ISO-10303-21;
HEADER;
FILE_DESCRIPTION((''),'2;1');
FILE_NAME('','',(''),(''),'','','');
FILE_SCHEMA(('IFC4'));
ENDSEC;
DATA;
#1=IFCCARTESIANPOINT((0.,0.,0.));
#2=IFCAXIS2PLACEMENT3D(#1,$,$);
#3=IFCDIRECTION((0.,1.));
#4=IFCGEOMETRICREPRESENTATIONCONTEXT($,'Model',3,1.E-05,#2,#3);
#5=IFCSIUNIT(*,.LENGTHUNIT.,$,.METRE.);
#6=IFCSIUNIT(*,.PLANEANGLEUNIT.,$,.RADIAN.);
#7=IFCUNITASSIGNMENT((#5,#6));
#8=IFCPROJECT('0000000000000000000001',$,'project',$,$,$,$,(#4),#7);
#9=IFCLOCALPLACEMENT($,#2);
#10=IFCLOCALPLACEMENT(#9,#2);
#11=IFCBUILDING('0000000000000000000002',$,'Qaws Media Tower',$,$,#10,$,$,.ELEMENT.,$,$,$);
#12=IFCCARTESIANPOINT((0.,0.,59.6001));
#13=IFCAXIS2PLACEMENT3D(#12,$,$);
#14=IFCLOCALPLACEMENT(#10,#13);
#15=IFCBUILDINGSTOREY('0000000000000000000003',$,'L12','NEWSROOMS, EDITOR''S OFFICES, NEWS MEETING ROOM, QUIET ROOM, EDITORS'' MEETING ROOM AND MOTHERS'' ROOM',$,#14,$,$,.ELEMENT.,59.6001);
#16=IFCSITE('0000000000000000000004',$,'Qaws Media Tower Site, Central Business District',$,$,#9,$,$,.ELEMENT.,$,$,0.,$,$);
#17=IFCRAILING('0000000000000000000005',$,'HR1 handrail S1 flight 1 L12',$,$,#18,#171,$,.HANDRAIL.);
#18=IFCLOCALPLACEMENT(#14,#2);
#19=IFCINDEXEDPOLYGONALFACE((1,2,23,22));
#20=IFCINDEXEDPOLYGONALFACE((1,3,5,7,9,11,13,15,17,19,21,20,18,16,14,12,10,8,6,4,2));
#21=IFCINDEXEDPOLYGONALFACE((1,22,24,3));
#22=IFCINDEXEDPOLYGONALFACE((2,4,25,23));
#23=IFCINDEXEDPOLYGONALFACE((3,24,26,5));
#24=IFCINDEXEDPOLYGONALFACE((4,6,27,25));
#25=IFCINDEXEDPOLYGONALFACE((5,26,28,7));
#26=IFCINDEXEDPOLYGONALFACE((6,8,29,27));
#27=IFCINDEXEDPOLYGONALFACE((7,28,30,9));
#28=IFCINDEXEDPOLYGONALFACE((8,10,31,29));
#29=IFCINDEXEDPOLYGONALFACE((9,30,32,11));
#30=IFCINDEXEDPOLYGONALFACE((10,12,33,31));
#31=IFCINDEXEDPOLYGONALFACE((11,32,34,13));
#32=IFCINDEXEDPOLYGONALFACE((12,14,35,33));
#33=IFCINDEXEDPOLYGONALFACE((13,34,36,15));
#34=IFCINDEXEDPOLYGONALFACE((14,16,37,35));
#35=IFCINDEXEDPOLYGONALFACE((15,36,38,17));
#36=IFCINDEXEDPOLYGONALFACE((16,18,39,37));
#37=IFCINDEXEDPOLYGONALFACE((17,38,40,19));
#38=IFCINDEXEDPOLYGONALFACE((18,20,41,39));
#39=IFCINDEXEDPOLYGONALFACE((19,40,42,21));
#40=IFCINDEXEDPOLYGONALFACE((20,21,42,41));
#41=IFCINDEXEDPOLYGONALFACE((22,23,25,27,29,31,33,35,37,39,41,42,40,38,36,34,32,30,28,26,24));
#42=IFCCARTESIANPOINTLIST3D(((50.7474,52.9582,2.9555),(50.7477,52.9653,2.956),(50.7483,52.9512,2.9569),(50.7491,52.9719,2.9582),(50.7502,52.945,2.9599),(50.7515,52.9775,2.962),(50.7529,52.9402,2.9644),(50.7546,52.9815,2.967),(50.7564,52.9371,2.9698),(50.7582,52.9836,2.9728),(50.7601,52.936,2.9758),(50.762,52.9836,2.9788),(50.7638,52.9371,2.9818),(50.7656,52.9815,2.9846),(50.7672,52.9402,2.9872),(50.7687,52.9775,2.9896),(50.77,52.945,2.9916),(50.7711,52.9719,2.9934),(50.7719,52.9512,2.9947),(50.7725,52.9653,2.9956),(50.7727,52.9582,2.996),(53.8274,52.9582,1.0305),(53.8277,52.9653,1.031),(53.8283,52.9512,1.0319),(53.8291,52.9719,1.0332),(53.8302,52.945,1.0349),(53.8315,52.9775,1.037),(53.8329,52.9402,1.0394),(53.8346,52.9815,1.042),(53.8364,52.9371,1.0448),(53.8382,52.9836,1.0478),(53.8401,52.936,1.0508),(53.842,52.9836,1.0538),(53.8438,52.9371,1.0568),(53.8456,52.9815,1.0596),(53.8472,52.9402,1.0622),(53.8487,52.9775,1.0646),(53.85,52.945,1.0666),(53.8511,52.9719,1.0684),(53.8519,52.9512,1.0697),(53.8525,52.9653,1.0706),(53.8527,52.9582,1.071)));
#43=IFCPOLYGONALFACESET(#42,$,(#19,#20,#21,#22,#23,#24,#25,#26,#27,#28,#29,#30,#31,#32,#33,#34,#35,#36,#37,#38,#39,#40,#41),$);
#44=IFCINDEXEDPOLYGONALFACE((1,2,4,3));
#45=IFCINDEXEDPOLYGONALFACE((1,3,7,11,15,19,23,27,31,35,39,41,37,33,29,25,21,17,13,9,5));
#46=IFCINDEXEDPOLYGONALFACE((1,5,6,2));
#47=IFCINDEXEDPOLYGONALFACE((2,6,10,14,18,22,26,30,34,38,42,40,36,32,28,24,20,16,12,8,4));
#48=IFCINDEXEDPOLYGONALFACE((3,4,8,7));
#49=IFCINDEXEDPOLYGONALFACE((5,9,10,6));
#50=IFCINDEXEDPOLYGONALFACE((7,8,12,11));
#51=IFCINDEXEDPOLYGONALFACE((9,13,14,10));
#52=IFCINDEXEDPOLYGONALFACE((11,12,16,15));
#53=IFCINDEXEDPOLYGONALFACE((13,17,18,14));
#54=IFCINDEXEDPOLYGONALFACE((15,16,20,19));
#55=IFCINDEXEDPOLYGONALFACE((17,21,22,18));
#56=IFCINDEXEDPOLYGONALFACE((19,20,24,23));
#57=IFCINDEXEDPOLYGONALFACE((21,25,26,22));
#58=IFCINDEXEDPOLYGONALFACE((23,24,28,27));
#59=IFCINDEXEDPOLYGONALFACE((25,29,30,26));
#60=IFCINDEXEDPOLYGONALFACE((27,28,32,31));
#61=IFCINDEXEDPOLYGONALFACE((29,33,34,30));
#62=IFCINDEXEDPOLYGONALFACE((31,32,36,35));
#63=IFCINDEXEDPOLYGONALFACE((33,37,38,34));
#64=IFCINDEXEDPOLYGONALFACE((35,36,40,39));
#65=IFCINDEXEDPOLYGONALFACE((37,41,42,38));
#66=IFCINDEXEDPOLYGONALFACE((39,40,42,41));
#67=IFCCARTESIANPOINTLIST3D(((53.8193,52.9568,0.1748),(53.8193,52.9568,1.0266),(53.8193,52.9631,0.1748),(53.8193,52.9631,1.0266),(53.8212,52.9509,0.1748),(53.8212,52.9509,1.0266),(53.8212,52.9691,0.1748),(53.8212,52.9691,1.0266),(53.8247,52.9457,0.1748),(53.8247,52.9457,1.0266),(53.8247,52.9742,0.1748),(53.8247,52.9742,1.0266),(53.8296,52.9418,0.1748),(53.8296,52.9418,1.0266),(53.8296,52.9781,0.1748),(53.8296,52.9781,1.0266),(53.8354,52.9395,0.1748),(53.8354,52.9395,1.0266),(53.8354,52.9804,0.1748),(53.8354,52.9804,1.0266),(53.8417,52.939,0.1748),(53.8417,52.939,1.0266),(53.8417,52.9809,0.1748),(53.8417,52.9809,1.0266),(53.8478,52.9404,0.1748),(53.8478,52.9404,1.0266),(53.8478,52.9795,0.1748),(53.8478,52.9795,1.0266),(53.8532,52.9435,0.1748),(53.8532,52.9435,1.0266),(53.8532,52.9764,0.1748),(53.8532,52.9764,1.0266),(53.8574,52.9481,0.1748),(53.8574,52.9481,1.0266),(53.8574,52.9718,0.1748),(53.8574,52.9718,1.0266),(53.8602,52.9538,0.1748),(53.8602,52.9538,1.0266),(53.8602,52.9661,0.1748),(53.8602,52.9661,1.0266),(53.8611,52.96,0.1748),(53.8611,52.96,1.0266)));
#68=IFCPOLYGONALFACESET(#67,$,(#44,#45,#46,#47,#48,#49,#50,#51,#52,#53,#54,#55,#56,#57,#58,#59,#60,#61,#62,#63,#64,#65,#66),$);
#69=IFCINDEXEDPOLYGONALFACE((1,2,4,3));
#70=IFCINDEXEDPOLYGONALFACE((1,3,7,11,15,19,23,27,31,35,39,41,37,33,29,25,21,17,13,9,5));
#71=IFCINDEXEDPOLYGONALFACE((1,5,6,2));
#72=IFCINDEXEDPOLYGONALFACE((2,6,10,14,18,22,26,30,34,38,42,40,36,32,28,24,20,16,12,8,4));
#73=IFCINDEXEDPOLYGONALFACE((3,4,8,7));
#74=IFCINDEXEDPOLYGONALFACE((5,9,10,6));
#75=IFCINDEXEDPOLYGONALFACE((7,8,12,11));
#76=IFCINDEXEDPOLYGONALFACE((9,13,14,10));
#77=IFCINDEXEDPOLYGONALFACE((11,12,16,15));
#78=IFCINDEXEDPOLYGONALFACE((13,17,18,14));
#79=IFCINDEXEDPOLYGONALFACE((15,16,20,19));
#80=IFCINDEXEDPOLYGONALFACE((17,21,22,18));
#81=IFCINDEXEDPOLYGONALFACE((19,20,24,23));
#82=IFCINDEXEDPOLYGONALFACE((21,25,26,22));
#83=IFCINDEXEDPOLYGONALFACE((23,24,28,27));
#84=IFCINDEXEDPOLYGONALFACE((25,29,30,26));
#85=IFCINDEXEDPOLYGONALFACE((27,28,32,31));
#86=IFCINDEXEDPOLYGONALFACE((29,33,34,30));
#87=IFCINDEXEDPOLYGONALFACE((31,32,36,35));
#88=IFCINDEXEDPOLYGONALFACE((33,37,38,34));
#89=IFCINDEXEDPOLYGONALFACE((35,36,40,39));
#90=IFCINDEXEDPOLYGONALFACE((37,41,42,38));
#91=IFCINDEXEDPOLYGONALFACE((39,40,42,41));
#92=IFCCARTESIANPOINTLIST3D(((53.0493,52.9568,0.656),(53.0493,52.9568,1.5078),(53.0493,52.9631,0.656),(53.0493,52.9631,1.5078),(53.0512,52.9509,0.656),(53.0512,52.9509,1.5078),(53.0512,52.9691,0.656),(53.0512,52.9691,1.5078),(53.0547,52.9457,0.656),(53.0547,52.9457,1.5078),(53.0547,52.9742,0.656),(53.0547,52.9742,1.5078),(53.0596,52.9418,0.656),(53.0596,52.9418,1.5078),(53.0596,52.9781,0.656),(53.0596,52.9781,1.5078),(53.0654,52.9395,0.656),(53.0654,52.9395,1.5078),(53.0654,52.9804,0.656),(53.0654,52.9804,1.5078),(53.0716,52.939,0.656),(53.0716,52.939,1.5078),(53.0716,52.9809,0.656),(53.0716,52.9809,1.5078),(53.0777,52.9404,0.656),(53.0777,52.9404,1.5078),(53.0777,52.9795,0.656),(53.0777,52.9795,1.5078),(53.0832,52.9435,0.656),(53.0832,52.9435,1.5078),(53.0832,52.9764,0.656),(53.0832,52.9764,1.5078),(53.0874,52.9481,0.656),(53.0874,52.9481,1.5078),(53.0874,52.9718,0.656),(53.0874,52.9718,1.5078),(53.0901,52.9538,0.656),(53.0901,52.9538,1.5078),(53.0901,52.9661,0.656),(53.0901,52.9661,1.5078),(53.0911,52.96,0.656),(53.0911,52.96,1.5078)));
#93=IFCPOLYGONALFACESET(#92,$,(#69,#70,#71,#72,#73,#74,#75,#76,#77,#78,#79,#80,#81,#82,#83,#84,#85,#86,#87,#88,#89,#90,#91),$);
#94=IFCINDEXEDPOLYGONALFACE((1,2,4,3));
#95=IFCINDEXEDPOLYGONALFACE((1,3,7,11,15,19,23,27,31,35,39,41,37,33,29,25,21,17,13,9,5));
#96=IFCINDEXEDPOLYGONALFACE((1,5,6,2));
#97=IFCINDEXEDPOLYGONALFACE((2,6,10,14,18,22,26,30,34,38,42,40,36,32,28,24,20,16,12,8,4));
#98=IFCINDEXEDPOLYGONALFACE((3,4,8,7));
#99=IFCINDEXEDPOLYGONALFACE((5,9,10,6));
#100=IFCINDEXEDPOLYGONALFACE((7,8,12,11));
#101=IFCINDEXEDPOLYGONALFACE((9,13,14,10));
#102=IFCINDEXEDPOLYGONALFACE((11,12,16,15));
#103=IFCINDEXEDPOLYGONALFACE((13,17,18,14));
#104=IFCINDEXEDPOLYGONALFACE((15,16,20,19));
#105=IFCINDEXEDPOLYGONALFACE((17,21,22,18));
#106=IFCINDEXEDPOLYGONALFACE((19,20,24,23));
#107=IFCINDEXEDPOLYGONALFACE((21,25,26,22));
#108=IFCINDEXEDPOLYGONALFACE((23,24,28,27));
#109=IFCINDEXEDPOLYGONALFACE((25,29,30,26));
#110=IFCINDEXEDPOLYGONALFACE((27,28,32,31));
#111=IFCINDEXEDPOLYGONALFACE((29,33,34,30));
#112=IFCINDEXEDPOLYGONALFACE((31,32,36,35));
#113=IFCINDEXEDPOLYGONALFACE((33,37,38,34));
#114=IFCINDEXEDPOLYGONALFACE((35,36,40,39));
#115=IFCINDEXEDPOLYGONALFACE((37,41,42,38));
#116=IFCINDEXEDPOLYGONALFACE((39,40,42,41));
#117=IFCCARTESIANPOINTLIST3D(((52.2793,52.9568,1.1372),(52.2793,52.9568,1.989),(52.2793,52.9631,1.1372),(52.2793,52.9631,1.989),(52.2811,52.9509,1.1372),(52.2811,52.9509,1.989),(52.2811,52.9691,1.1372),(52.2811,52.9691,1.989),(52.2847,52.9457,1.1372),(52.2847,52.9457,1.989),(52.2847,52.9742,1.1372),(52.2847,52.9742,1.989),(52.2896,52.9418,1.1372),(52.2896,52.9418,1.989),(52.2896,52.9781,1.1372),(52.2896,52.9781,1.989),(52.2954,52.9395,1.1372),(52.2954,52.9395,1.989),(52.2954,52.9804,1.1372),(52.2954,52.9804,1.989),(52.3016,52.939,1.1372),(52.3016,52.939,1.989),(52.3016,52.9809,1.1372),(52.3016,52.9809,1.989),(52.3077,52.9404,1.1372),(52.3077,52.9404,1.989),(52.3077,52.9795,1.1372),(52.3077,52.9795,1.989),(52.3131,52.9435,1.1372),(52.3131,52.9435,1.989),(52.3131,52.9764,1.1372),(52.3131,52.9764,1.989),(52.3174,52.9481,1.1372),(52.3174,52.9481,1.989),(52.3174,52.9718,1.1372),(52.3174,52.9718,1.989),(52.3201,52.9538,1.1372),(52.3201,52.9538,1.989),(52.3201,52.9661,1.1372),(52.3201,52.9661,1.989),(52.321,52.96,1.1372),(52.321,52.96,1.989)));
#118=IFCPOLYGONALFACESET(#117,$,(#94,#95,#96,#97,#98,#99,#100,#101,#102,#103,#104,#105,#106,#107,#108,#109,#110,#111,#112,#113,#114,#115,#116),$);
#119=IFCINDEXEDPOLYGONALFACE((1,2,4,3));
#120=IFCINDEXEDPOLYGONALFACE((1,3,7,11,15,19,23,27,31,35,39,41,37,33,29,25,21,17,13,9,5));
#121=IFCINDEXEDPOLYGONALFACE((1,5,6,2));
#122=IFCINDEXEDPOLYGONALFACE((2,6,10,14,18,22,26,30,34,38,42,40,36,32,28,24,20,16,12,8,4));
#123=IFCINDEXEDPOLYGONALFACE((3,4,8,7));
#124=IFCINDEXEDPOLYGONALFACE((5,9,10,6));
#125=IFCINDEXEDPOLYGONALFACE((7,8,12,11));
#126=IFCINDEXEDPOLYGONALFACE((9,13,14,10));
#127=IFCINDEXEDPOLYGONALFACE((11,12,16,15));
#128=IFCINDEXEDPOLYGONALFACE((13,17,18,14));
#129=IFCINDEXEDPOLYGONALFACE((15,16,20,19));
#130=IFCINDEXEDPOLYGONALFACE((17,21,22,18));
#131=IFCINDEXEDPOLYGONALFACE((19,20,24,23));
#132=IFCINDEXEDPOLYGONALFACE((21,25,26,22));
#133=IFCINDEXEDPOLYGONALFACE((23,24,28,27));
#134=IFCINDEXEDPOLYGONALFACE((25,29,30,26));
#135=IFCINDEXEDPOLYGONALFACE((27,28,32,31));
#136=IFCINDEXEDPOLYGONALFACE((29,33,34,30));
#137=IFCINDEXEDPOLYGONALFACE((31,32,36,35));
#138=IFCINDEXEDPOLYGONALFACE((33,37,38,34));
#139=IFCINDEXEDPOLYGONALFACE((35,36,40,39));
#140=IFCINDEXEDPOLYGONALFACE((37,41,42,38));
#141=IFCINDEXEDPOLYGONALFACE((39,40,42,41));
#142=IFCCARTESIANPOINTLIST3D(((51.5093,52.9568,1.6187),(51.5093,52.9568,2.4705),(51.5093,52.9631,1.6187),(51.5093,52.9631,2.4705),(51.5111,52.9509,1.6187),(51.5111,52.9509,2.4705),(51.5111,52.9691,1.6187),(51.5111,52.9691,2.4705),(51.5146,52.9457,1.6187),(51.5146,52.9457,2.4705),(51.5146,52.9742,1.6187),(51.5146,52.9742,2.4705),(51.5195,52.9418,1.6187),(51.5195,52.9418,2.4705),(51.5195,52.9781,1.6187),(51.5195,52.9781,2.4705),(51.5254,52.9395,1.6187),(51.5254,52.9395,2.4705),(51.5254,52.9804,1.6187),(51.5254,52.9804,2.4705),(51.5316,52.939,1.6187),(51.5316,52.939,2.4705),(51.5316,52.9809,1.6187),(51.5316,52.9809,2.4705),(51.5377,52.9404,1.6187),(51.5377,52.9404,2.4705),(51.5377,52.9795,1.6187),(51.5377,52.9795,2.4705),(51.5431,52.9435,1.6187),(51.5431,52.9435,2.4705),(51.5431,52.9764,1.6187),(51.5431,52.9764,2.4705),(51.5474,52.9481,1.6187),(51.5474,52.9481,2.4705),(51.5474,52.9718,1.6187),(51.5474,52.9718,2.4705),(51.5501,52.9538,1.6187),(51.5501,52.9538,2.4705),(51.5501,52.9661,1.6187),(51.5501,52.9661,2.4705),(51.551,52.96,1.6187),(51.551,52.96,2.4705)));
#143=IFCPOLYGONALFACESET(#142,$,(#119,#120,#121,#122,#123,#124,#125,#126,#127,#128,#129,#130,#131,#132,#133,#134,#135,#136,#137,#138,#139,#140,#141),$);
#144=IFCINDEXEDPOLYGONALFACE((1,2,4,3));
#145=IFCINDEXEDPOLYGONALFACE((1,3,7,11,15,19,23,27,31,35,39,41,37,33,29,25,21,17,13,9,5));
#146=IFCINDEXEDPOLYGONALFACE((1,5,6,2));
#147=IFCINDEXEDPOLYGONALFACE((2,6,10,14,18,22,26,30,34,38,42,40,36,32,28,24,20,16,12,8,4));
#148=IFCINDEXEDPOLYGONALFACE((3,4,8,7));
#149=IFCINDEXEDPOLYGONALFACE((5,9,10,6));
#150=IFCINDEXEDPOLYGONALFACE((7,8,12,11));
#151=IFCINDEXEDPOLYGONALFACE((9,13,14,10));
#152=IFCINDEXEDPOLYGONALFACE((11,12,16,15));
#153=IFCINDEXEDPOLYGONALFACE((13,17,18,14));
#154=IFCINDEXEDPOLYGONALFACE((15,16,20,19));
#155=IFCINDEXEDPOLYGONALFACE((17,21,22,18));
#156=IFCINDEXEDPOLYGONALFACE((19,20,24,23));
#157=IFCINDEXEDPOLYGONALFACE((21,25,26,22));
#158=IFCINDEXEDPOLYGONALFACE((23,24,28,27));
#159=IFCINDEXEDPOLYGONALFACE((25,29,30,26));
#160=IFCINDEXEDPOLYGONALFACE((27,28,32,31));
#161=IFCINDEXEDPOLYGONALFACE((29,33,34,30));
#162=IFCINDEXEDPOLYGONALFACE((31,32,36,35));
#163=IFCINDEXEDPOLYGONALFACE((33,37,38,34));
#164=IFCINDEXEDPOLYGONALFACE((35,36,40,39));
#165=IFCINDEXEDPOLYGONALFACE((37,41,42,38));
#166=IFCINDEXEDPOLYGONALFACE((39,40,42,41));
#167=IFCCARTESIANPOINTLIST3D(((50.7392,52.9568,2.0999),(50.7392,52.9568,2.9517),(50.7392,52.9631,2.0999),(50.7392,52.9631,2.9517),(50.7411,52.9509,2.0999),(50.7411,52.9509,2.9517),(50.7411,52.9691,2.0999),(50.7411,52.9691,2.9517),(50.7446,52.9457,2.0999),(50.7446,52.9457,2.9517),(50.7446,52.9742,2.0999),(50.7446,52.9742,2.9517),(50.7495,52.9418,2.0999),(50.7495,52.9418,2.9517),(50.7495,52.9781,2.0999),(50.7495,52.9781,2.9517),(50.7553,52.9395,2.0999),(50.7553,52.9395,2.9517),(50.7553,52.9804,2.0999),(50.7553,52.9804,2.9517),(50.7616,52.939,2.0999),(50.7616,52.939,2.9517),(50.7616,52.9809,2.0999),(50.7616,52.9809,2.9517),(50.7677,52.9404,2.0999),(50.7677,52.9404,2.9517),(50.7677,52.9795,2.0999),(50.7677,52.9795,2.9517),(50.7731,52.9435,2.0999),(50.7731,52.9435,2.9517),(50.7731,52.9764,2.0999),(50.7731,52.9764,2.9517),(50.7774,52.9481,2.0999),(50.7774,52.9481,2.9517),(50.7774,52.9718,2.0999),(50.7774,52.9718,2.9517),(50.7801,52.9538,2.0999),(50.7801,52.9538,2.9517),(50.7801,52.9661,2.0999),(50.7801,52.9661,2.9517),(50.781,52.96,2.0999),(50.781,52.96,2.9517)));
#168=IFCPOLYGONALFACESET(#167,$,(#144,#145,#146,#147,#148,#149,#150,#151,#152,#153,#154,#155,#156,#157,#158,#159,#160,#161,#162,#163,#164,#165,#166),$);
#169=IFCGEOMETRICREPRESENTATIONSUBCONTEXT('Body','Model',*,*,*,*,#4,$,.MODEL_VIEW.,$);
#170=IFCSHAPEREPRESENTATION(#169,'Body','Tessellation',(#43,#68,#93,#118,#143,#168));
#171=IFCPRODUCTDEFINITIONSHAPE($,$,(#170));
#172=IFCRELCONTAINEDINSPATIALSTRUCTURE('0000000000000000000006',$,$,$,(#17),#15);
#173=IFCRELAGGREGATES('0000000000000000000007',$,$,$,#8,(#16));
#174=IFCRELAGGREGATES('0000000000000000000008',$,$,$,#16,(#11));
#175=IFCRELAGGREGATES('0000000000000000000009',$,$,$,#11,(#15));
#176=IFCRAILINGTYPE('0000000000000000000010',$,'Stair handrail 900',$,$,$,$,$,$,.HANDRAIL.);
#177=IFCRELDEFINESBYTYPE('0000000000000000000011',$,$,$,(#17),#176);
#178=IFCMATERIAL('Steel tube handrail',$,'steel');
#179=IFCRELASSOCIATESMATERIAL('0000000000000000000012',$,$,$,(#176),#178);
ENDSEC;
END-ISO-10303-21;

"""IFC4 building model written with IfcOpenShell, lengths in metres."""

from ifc_helpers import new_model, si_unit, direction, frame, origin, origin_2d, place, context, subcontext, project, spatial, circle, extrude, material, type_object, element, save


model = new_model("IFC4")

# Units and contexts
model_context = context("Model", 3, precision=1e-05, world=origin(), true_north=direction((0.0, 1.0)))
body_context = subcontext(model_context, "Body", "Model", "MODEL_VIEW")
ifc_project = project(units=[si_unit("LENGTHUNIT", "METRE"), si_unit("PLANEANGLEUNIT", "RADIAN")], contexts=[model_context])

# Site, building, storey
site_placement = place(None, origin())
site = spatial("IfcSite", under=ifc_project, at=site_placement, Name="Qaws Media Tower Site, Central Business District", CompositionType="ELEMENT", RefElevation=0.0)
building_placement = place(site_placement, origin())
building = spatial("IfcBuilding", under=site, at=building_placement, Name="Qaws Media Tower", CompositionType="ELEMENT")
storey_placement = place(building_placement, frame((0.0, 0.0, 59.6001)))
storey = spatial("IfcBuildingStorey", under=building, at=storey_placement, Name="L12", Description="NEWSROOMS, EDITOR'S OFFICES, NEWS MEETING ROOM, QUIET ROOM, EDITORS' MEETING ROOM AND MOTHERS' ROOM", CompositionType="ELEMENT", Elevation=59.6001)

# Railing
ifc_material_1 = material(Name="Steel tube handrail", Category="steel")
railing_type = type_object("IfcRailingType", Name="Stair handrail 900", PredefinedType="HANDRAIL", material=ifc_material_1)
for number, where, name in (
    (1, (53.8401, 52.96, 0.1748), "HR1 handrail S1 flight 1 L12"),
):
    element("IfcRailing", number, at=place(storey_placement, frame(where)), inside=storey, type_object=railing_type, Name=name, PredefinedType="HANDRAIL", context=body_context, shape_type="SweptSolid", body=[
        extrude(circle(Radius=0.0239, at=origin_2d()), frame((0.0, 0.0, 0.876), z_axis=(-0.847998, 0.0, 0.529999), x_axis=(0.0, -1.0, 0.0)), (0.0, 0.0, 1.0), 3.6321),
        extrude(circle(Radius=0.021, at=origin_2d()), origin(), (0.0, 0.0, 1.0), 0.8518),
        extrude(circle(Radius=0.021, at=origin_2d()), frame((-0.77, 0.0, 0.4812)), (0.0, 0.0, 1.0), 0.8518),
        extrude(circle(Radius=0.021, at=origin_2d()), frame((-1.54, 0.0, 0.9624)), (0.0, 0.0, 1.0), 0.8518),
        extrude(circle(Radius=0.021, at=origin_2d()), frame((-2.3101, 0.0, 1.4438)), (0.0, 0.0, 1.0), 0.8518),
        extrude(circle(Radius=0.021, at=origin_2d()), frame((-3.0801, 0.0, 1.925)), (0.0, 0.0, 1.0), 0.8518),
    ])

save(model, "model.ifc")
